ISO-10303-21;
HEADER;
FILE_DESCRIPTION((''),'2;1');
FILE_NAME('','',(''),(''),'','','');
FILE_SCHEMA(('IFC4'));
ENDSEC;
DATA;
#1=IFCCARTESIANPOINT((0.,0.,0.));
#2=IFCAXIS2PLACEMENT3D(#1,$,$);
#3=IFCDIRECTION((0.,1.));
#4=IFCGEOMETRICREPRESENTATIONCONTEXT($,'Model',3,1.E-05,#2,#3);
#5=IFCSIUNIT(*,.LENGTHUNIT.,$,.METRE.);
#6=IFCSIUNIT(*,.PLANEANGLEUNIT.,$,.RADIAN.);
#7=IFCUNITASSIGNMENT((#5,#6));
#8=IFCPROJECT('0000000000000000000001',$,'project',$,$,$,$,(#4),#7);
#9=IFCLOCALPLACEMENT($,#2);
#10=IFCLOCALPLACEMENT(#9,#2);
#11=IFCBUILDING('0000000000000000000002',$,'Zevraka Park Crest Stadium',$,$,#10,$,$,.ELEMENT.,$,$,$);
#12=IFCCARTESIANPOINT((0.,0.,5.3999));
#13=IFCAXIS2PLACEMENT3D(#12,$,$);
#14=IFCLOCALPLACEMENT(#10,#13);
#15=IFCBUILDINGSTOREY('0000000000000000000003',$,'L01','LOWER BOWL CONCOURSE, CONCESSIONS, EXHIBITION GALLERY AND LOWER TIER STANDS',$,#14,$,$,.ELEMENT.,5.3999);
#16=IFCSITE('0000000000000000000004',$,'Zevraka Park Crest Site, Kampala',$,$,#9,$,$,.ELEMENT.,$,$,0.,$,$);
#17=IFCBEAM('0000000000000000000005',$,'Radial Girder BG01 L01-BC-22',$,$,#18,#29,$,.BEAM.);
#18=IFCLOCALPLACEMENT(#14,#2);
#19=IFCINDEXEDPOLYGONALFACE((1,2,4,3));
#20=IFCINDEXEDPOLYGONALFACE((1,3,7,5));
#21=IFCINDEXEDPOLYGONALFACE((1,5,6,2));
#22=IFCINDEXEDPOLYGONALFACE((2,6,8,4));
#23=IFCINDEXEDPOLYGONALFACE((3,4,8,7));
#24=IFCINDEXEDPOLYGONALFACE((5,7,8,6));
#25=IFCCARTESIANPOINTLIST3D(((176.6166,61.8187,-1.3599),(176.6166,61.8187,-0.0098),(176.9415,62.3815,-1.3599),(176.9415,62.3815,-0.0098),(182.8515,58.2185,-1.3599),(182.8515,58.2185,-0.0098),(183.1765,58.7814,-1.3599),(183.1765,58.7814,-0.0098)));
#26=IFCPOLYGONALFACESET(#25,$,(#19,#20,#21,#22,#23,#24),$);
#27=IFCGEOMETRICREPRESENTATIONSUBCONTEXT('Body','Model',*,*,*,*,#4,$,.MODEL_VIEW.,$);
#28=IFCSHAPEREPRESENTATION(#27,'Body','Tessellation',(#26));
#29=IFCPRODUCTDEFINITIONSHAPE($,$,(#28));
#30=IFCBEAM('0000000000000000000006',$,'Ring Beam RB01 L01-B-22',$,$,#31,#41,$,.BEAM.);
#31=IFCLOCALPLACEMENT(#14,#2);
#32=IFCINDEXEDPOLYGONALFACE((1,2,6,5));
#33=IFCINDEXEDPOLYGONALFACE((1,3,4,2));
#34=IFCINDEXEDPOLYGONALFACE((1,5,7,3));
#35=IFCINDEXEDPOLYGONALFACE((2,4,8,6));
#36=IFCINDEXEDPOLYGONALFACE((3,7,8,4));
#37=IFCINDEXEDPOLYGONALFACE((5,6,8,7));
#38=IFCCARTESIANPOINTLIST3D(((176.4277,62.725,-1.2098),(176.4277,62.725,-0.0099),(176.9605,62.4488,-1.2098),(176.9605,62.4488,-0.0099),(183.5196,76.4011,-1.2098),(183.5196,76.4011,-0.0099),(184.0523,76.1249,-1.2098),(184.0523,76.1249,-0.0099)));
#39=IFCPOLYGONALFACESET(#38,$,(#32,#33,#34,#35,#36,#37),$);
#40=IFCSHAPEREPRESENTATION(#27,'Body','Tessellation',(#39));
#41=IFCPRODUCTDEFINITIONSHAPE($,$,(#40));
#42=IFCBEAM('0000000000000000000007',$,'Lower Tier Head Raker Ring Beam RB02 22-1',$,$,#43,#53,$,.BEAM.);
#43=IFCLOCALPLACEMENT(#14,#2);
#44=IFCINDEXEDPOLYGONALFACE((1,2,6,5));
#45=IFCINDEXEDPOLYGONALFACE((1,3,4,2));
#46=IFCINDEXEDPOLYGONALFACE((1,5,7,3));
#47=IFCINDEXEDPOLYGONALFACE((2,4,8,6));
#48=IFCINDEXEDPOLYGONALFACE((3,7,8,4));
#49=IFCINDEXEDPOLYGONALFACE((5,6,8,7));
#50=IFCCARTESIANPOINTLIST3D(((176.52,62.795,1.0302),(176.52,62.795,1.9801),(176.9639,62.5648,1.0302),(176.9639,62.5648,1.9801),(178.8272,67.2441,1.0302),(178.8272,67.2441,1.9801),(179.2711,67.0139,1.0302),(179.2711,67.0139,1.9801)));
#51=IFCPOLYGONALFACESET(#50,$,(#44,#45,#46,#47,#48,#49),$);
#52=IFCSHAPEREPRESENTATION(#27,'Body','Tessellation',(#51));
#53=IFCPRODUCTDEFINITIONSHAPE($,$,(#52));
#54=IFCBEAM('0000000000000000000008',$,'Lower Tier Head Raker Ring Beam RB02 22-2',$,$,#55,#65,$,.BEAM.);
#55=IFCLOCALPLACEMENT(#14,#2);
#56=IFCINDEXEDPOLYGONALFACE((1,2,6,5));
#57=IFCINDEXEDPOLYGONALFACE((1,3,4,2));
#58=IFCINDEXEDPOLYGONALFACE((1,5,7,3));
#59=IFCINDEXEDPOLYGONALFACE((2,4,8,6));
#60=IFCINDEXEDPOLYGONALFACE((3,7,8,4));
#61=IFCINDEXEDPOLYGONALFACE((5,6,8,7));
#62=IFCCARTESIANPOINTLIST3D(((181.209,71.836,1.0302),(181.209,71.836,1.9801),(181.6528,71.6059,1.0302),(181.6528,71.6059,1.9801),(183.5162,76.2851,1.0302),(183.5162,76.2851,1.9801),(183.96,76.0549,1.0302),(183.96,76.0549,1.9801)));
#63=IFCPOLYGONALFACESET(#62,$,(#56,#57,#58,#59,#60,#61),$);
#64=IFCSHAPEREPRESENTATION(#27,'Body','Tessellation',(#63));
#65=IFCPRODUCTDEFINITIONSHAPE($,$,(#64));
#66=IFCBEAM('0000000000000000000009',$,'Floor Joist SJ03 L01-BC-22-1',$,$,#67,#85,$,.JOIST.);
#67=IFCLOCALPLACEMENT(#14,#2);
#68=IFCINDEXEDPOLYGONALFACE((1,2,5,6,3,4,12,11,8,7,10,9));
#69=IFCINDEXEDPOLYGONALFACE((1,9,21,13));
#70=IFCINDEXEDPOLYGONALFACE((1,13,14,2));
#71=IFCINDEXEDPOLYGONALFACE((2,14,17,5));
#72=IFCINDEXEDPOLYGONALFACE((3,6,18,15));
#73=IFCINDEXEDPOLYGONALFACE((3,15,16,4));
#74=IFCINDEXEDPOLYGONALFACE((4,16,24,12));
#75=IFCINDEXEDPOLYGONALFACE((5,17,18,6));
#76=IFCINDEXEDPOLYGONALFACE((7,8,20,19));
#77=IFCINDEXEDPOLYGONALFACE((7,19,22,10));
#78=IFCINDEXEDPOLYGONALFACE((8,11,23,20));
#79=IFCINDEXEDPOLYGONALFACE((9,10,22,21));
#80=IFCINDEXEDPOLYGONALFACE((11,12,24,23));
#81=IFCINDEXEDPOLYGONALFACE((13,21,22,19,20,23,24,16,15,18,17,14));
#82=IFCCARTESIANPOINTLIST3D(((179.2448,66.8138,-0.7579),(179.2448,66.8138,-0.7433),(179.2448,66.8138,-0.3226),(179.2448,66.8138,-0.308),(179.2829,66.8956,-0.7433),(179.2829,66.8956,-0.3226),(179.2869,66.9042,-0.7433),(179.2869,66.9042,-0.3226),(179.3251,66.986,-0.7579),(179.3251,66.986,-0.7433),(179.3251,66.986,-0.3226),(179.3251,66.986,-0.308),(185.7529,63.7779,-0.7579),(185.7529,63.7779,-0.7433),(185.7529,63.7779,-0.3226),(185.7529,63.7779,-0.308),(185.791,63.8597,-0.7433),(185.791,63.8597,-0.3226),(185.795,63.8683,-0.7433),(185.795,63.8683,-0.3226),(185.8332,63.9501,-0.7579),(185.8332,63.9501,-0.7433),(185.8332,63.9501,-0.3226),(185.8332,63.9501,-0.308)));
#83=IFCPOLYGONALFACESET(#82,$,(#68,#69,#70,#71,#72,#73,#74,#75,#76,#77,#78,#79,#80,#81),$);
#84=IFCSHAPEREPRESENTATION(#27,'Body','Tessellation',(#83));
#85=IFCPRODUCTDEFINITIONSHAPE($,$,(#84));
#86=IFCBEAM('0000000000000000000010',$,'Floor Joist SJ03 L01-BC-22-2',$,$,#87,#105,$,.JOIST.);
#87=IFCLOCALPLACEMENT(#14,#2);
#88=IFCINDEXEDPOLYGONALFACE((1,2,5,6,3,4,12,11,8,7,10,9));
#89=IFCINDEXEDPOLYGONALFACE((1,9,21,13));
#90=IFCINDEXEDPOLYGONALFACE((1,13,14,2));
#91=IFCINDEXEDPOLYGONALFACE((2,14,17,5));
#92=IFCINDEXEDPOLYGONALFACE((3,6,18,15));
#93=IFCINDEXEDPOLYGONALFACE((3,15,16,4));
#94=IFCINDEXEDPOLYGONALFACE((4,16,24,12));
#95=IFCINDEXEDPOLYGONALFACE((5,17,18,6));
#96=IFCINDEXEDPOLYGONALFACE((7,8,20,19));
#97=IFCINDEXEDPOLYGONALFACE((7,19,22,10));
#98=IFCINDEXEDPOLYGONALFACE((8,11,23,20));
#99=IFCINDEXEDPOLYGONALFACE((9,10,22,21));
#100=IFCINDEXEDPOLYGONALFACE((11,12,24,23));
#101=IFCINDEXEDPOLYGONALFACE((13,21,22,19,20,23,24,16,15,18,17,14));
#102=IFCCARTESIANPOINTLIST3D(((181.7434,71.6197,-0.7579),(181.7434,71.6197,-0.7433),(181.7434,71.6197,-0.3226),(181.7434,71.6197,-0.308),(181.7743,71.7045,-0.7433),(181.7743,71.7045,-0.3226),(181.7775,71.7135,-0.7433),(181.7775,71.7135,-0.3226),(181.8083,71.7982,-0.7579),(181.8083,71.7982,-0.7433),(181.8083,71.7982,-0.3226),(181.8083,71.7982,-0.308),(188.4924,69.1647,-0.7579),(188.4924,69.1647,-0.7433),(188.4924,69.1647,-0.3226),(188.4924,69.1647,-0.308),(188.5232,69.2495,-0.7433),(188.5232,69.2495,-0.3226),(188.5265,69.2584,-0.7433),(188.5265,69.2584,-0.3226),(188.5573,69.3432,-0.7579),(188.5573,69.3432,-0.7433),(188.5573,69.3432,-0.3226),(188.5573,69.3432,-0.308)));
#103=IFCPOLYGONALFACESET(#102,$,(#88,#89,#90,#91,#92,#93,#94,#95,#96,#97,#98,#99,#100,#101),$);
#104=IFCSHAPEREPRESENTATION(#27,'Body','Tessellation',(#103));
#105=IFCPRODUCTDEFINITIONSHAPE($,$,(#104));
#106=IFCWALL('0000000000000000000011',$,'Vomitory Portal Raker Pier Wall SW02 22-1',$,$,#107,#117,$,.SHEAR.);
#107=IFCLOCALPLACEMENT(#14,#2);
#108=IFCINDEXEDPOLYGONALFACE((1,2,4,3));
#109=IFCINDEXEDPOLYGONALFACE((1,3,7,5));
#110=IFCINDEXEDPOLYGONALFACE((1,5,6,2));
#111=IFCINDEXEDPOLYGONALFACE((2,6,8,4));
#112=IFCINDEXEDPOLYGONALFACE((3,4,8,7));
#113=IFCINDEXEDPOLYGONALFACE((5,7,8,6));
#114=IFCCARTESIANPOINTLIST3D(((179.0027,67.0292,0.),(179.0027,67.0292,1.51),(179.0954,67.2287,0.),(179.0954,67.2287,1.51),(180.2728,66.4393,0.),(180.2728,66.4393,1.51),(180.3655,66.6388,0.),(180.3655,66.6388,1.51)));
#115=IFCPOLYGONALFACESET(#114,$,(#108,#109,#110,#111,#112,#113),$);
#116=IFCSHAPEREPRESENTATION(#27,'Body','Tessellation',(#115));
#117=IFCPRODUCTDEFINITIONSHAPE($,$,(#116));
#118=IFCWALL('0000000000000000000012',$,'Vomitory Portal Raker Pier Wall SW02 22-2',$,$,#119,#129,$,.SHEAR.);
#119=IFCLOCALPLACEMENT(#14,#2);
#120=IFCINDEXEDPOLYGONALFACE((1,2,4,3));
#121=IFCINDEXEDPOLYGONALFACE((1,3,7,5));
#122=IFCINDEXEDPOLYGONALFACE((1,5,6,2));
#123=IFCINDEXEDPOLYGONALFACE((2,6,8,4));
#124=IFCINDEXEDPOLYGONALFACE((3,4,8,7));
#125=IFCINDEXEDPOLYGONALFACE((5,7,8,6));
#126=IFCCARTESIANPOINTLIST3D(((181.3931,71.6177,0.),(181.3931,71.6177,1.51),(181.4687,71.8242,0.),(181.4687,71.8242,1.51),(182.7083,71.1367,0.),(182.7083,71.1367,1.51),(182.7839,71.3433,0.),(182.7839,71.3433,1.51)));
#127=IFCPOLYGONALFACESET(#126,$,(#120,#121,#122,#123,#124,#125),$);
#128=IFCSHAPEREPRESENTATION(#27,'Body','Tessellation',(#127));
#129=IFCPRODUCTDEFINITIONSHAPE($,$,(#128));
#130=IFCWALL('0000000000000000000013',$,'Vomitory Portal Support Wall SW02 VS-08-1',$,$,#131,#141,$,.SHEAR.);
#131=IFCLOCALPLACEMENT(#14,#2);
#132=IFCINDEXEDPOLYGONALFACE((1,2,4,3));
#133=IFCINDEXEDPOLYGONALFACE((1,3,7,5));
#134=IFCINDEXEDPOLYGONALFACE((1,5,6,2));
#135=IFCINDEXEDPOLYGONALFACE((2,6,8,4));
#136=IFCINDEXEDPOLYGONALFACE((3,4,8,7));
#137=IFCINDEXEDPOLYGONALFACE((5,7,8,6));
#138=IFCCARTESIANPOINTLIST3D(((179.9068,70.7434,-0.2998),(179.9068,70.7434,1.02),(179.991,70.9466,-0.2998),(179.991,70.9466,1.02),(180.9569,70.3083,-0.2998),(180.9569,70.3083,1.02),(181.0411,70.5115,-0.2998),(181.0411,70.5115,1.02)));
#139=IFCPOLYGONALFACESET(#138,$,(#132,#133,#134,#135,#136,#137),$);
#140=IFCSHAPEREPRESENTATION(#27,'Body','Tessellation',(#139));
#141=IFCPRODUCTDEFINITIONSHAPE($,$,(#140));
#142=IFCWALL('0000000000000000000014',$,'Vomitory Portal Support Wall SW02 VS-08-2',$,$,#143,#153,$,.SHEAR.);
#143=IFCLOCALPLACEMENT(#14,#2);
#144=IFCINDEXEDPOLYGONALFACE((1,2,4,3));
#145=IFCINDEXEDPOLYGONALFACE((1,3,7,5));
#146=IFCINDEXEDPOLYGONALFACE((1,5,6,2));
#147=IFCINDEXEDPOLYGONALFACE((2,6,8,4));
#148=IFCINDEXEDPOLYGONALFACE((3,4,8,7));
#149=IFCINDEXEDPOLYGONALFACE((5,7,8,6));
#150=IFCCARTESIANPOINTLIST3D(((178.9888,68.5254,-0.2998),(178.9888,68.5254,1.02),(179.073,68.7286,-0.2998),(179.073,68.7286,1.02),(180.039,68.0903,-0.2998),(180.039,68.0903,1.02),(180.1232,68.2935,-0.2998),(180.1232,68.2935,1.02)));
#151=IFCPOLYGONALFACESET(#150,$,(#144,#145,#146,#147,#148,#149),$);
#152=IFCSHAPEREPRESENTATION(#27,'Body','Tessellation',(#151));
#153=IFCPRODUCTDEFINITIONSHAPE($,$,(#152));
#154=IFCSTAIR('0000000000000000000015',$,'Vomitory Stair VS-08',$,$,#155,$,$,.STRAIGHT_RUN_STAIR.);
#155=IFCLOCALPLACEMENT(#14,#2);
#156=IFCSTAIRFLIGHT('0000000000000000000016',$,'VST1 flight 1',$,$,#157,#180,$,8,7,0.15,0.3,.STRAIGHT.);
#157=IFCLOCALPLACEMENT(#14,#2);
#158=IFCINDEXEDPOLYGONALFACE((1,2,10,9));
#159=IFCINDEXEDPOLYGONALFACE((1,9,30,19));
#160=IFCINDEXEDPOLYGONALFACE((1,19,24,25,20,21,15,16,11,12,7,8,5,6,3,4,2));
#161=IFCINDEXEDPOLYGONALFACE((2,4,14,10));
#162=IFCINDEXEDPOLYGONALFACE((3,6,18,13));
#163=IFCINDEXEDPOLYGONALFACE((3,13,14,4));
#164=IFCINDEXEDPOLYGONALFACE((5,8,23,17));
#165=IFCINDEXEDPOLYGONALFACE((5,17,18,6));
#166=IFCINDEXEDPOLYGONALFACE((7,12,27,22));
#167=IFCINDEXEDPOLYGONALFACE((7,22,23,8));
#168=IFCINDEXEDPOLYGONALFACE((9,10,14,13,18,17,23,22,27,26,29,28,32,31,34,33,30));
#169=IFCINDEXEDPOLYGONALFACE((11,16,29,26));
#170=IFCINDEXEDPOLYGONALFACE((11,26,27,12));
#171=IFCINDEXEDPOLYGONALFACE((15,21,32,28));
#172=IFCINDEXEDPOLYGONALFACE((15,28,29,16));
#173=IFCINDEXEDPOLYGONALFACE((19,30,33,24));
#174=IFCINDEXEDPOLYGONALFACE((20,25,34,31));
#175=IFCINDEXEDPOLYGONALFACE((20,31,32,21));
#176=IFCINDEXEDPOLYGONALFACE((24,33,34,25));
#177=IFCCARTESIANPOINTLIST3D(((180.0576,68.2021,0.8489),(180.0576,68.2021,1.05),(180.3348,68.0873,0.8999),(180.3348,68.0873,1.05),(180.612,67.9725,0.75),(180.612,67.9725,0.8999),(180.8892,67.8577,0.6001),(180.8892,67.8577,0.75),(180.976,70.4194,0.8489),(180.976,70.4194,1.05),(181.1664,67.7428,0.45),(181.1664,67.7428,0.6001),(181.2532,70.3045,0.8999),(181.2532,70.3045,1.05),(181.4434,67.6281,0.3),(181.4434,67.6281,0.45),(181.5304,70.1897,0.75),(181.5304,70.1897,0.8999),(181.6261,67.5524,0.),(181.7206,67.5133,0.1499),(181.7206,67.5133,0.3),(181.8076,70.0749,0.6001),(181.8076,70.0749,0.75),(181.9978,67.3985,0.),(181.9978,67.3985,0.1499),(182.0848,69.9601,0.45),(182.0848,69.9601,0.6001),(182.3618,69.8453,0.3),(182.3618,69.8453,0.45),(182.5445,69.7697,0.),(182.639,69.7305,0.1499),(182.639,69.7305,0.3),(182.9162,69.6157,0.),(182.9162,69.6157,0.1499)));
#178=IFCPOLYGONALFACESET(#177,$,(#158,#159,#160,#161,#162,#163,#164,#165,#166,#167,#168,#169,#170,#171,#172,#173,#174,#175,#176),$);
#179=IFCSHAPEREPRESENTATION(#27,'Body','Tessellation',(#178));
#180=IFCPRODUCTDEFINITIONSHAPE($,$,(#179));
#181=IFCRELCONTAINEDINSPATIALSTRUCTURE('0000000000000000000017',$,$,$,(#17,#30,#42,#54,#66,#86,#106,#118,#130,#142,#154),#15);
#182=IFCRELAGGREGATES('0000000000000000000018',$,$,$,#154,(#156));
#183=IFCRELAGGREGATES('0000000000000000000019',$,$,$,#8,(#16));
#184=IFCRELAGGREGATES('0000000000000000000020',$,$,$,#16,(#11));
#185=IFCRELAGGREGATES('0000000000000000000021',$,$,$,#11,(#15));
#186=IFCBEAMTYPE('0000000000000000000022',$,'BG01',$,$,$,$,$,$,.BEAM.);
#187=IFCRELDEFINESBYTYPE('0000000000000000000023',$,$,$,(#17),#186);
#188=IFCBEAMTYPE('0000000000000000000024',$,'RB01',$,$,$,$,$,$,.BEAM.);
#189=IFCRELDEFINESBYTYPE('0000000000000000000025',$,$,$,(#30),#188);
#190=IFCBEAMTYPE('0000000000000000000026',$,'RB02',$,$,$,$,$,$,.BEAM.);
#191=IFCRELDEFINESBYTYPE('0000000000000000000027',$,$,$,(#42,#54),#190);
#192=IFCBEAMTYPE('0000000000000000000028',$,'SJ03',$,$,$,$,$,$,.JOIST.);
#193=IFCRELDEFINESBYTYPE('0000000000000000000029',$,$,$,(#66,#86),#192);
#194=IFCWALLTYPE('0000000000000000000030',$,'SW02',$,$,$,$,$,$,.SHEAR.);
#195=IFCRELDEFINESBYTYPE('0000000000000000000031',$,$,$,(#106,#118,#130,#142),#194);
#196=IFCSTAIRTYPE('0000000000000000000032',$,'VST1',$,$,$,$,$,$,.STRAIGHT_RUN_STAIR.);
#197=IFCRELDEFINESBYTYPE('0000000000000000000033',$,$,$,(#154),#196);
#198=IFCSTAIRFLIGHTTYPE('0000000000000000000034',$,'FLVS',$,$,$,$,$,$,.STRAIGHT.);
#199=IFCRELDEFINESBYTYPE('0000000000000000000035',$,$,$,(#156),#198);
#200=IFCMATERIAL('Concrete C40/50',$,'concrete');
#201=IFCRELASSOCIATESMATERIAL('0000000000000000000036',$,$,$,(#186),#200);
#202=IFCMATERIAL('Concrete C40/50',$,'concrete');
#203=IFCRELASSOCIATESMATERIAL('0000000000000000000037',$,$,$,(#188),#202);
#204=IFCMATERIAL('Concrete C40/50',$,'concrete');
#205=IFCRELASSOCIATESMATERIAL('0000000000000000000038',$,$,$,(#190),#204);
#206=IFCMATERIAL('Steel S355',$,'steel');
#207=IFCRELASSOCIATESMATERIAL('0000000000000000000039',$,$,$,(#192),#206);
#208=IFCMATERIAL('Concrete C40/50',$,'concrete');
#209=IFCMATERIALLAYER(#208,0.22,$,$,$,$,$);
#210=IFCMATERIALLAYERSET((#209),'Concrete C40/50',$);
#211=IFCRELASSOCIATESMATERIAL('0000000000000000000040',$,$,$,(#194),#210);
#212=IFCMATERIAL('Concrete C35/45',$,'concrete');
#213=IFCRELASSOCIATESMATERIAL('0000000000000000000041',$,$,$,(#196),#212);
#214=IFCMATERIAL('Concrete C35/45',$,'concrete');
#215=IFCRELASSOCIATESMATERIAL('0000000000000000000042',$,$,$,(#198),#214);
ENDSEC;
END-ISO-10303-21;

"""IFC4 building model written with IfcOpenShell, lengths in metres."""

from ifc_helpers import new_model, si_unit, direction, frame, frame_2d, origin, origin_2d, place, context, subcontext, project, spatial, polyline, rectangle, i_section, outline, extrude, material, layer, layer_set, material_profile, profile_set, type_object, element, aggregate, save


model = new_model("IFC4")

# Units and contexts
model_context = context("Model", 3, precision=1e-05, world=origin(), true_north=direction((0.0, 1.0)))
body_context = subcontext(model_context, "Body", "Model", "MODEL_VIEW")
ifc_project = project(units=[si_unit("LENGTHUNIT", "METRE"), si_unit("PLANEANGLEUNIT", "RADIAN")], contexts=[model_context])

# Site, building, storey
site_placement = place(None, origin())
site = spatial("IfcSite", under=ifc_project, at=site_placement, Name="Zevraka Park Crest Site, Kampala", CompositionType="ELEMENT", RefElevation=0.0)
building_placement = place(site_placement, origin())
building = spatial("IfcBuilding", under=site, at=building_placement, Name="Zevraka Park Crest Stadium", CompositionType="ELEMENT")
storey_placement = place(building_placement, frame((0.0, 0.0, 5.3999)))
storey = spatial("IfcBuildingStorey", under=building, at=storey_placement, Name="L01", Description="LOWER BOWL CONCOURSE, CONCESSIONS, EXHIBITION GALLERY AND LOWER TIER STANDS", CompositionType="ELEMENT", Elevation=5.3999)

# Beams
ifc_material_1 = material(Name="Concrete C40/50", Category="concrete")
ifc_material_profile_1 = material_profile(ifc_material_1, rectangle(XDim=0.6499, YDim=1.3501, at=origin_2d()), Name="RC 1350x650")
ifc_profile_set_1 = profile_set([ifc_material_profile_1], Name="Concrete C40/50")
beam_type_1 = type_object("IfcBeamType", Name="BG01", PredefinedType="BEAM", material=ifc_profile_set_1)
beam_1_placement = place(storey_placement, frame((176.7791, 62.1001, -0.6848), z_axis=(0.866001, -0.500041, 0.0), x_axis=(0.500041, 0.866001, 0.0)))
element("IfcBeam", 1, at=beam_1_placement, inside=storey, type_object=beam_type_1, Name="Radial Girder BG01 L01-BC-22", PredefinedType="BEAM", context=body_context, shape_type="SweptSolid", body=[
    extrude(rectangle(XDim=0.6499, YDim=1.3501, at=origin_2d()), origin(), (0.0, 0.0, 1.0), 7.1997),
])
ifc_material_2 = material(Name="Concrete C40/50", Category="concrete")
ifc_material_profile_2 = material_profile(ifc_material_2, rectangle(XDim=0.6001, YDim=1.2, at=origin_2d()), Name="RC 1200x600")
ifc_profile_set_2 = profile_set([ifc_material_profile_2], Name="Concrete C40/50")
beam_type_2 = type_object("IfcBeamType", Name="RB01", PredefinedType="BEAM", material=ifc_profile_set_2)
beam_2_placement = place(storey_placement, frame((176.6941, 62.5869, -0.6099), z_axis=(0.460344, 0.887741, 0.0), x_axis=(-0.887741, 0.460344, 0.0)))
element("IfcBeam", 2, at=beam_2_placement, inside=storey, type_object=beam_type_2, Name="Ring Beam RB01 L01-B-22", PredefinedType="BEAM", context=body_context, shape_type="SweptSolid", body=[
    extrude(rectangle(XDim=0.6001, YDim=1.2, at=origin_2d()), origin(), (0.0, 0.0, 1.0), 15.4055),
])
ifc_material_3 = material(Name="Concrete C40/50", Category="concrete")
ifc_material_profile_3 = material_profile(ifc_material_3, rectangle(XDim=0.5, YDim=0.95, at=origin_2d()), Name="RC 950x500")
ifc_profile_set_3 = profile_set([ifc_material_profile_3], Name="Concrete C40/50")
beam_type_3 = type_object("IfcBeamType", Name="RB02", PredefinedType="BEAM", material=ifc_profile_set_3)
for number, where, z_axis, x_axis, name in (
    (3, (176.7419, 62.6799, 1.5051), (0.460357, 0.887734, 0.0), (-0.887734, 0.460357, 0.0), "Lower Tier Head Raker Ring Beam RB02 22-1"),
    (4, (181.4309, 71.7209, 1.5051), (0.460357, 0.887734, 0.0), (-0.887734, 0.460357, 0.0), "Lower Tier Head Raker Ring Beam RB02 22-2"),
):
    element("IfcBeam", number, at=place(storey_placement, frame(where, z_axis=z_axis, x_axis=x_axis)), inside=storey, type_object=beam_type_3, Name=name, PredefinedType="BEAM", context=body_context, shape_type="SweptSolid", body=[
        extrude(rectangle(XDim=0.5, YDim=0.95, at=origin_2d()), origin(), (0.0, 0.0, 1.0), 5.0117),
    ])
ifc_material_4 = material(Name="Steel S355", Category="steel")
ifc_material_profile_4 = material_profile(ifc_material_4, i_section(OverallWidth=0.1899, OverallDepth=0.45, WebThickness=0.0095, FlangeThickness=0.0146, at=origin_2d()), Name="IPE 450")
ifc_profile_set_4 = profile_set([ifc_material_profile_4], Name="Steel S355")
beam_type_4 = type_object("IfcBeamType", Name="SJ03", PredefinedType="JOIST", material=ifc_profile_set_4)
beam_3_placement = place(storey_placement, frame((179.2849, 66.8999, -0.533), z_axis=(0.906247, -0.422748, 0.0), x_axis=(0.422748, 0.906247, 0.0)))
element("IfcBeam", 5, at=beam_3_placement, inside=storey, type_object=beam_type_4, Name="Floor Joist SJ03 L01-BC-22-1", PredefinedType="JOIST", context=body_context, shape_type="SweptSolid", body=[
    extrude(i_section(OverallWidth=0.1899, OverallDepth=0.45, WebThickness=0.0095, FlangeThickness=0.0146, at=origin_2d()), origin(), (0.0, 0.0, 1.0), 7.1814),
])
beam_4_placement = place(storey_placement, frame((181.7759, 71.709, -0.533), z_axis=(0.939754, -0.341852, 0.0), x_axis=(0.341852, 0.939754, 0.0)))
element("IfcBeam", 6, at=beam_4_placement, inside=storey, type_object=beam_type_4, Name="Floor Joist SJ03 L01-BC-22-2", PredefinedType="JOIST", context=body_context, shape_type="SweptSolid", body=[
    extrude(i_section(OverallWidth=0.1899, OverallDepth=0.45, WebThickness=0.0095, FlangeThickness=0.0146, at=origin_2d()), origin(), (0.0, 0.0, 1.0), 7.1816),
])

# Walls
ifc_material_5 = material(Name="Concrete C40/50", Category="concrete")
ifc_layer = layer(ifc_material_5, 0.22)
ifc_layer_set = layer_set([ifc_layer], Name="Concrete C40/50")
wall_type = type_object("IfcWallType", Name="SW02", PredefinedType="SHEAR", material=ifc_layer_set)
for number, where, z_axis, x_axis, name in (
    (7, (179.0491, 67.1289, 0.0), (0.0, 0.0, 1.0), (0.906957, -0.421224, 0.0), "Vomitory Portal Raker Pier Wall SW02 22-1"),
    (8, (181.4309, 71.7209, 0.0), (0.0, 0.0, 1.0), (0.939171, -0.34345, 0.0), "Vomitory Portal Raker Pier Wall SW02 22-2"),
):
    element("IfcWall", number, at=place(storey_placement, frame(where, z_axis=z_axis, x_axis=x_axis)), inside=storey, type_object=wall_type, Name=name, PredefinedType="SHEAR", context=body_context, shape_type="SweptSolid", body=[
        extrude(rectangle(XDim=1.4004, YDim=0.22, at=frame_2d((0.7002, 0.0))), origin(), (0.0, 0.0, 1.0), 1.51),
    ])
for number, where, z_axis, x_axis, name in (
    (9, (180.999, 70.4099, -0.2998), (0.0, 0.0, 1.0), (-0.923844, 0.382769, 0.0), "Vomitory Portal Support Wall SW02 VS-08-1"),
    (10, (180.0811, 68.1919, -0.2998), (0.0, 0.0, 1.0), (-0.923844, 0.382769, 0.0), "Vomitory Portal Support Wall SW02 VS-08-2"),
):
    element("IfcWall", number, at=place(storey_placement, frame(where, z_axis=z_axis, x_axis=x_axis)), inside=storey, type_object=wall_type, Name=name, PredefinedType="SHEAR", context=body_context, shape_type="SweptSolid", body=[
        extrude(rectangle(XDim=1.1367, YDim=0.22, at=frame_2d((0.5684, 0.0))), origin(), (0.0, 0.0, 1.0), 1.3198),
    ])

# Stair, stair flight
ifc_material_6 = material(Name="Concrete C35/45", Category="concrete")
stair_type = type_object("IfcStairType", Name="VST1", PredefinedType="STRAIGHT_RUN_STAIR", material=ifc_material_6)
stair_placement = place(storey_placement, origin())
stair = element("IfcStair", 11, at=stair_placement, inside=storey, type_object=stair_type, Name="Vomitory Stair VS-08", PredefinedType="STRAIGHT_RUN_STAIR")
ifc_material_7 = material(Name="Concrete C35/45", Category="concrete")
stair_flight_type = type_object("IfcStairFlightType", Name="FLVS", PredefinedType="STRAIGHT", material=ifc_material_7)
stair_flight_placement = place(storey_placement, frame((182.457, 68.5071, 0.0), z_axis=(0.0, 0.0, 1.0), x_axis=(-0.923882, 0.382677, 0.0)))
stair_flight = element("IfcStairFlight", 12, at=stair_flight_placement, type_object=stair_flight_type, Name="VST1 flight 1", NumberOfRisers=8, NumberOfTreads=7, PredefinedType="STRAIGHT", RiserHeight=0.15, TreadLength=0.3, context=body_context, shape_type="SweptSolid", body=[
    extrude(outline(polyline([(0.0, 0.0), (0.0, 0.1499), (0.3, 0.1499), (0.3, 0.3), (0.6001, 0.3), (0.6001, 0.45), (0.8999, 0.45), (0.8999, 0.6001), (1.2, 0.6001), (1.2, 0.75), (1.5, 0.75), (1.5, 0.8999), (1.8, 0.8999), (1.8, 1.05), (2.1001, 1.05), (2.1001, 1.2), (2.1001, 0.8489), (0.4023, 0.0), (0.0, 0.0)])), frame((0.0, 1.2, 0.0), z_axis=(0.0, -1.0, 0.0), x_axis=(1.0, 0.0, 0.0)), (0.0, 0.0, 1.0), 2.3999),
])
aggregate(stair, [stair_flight])

save(model, "model.ifc")
